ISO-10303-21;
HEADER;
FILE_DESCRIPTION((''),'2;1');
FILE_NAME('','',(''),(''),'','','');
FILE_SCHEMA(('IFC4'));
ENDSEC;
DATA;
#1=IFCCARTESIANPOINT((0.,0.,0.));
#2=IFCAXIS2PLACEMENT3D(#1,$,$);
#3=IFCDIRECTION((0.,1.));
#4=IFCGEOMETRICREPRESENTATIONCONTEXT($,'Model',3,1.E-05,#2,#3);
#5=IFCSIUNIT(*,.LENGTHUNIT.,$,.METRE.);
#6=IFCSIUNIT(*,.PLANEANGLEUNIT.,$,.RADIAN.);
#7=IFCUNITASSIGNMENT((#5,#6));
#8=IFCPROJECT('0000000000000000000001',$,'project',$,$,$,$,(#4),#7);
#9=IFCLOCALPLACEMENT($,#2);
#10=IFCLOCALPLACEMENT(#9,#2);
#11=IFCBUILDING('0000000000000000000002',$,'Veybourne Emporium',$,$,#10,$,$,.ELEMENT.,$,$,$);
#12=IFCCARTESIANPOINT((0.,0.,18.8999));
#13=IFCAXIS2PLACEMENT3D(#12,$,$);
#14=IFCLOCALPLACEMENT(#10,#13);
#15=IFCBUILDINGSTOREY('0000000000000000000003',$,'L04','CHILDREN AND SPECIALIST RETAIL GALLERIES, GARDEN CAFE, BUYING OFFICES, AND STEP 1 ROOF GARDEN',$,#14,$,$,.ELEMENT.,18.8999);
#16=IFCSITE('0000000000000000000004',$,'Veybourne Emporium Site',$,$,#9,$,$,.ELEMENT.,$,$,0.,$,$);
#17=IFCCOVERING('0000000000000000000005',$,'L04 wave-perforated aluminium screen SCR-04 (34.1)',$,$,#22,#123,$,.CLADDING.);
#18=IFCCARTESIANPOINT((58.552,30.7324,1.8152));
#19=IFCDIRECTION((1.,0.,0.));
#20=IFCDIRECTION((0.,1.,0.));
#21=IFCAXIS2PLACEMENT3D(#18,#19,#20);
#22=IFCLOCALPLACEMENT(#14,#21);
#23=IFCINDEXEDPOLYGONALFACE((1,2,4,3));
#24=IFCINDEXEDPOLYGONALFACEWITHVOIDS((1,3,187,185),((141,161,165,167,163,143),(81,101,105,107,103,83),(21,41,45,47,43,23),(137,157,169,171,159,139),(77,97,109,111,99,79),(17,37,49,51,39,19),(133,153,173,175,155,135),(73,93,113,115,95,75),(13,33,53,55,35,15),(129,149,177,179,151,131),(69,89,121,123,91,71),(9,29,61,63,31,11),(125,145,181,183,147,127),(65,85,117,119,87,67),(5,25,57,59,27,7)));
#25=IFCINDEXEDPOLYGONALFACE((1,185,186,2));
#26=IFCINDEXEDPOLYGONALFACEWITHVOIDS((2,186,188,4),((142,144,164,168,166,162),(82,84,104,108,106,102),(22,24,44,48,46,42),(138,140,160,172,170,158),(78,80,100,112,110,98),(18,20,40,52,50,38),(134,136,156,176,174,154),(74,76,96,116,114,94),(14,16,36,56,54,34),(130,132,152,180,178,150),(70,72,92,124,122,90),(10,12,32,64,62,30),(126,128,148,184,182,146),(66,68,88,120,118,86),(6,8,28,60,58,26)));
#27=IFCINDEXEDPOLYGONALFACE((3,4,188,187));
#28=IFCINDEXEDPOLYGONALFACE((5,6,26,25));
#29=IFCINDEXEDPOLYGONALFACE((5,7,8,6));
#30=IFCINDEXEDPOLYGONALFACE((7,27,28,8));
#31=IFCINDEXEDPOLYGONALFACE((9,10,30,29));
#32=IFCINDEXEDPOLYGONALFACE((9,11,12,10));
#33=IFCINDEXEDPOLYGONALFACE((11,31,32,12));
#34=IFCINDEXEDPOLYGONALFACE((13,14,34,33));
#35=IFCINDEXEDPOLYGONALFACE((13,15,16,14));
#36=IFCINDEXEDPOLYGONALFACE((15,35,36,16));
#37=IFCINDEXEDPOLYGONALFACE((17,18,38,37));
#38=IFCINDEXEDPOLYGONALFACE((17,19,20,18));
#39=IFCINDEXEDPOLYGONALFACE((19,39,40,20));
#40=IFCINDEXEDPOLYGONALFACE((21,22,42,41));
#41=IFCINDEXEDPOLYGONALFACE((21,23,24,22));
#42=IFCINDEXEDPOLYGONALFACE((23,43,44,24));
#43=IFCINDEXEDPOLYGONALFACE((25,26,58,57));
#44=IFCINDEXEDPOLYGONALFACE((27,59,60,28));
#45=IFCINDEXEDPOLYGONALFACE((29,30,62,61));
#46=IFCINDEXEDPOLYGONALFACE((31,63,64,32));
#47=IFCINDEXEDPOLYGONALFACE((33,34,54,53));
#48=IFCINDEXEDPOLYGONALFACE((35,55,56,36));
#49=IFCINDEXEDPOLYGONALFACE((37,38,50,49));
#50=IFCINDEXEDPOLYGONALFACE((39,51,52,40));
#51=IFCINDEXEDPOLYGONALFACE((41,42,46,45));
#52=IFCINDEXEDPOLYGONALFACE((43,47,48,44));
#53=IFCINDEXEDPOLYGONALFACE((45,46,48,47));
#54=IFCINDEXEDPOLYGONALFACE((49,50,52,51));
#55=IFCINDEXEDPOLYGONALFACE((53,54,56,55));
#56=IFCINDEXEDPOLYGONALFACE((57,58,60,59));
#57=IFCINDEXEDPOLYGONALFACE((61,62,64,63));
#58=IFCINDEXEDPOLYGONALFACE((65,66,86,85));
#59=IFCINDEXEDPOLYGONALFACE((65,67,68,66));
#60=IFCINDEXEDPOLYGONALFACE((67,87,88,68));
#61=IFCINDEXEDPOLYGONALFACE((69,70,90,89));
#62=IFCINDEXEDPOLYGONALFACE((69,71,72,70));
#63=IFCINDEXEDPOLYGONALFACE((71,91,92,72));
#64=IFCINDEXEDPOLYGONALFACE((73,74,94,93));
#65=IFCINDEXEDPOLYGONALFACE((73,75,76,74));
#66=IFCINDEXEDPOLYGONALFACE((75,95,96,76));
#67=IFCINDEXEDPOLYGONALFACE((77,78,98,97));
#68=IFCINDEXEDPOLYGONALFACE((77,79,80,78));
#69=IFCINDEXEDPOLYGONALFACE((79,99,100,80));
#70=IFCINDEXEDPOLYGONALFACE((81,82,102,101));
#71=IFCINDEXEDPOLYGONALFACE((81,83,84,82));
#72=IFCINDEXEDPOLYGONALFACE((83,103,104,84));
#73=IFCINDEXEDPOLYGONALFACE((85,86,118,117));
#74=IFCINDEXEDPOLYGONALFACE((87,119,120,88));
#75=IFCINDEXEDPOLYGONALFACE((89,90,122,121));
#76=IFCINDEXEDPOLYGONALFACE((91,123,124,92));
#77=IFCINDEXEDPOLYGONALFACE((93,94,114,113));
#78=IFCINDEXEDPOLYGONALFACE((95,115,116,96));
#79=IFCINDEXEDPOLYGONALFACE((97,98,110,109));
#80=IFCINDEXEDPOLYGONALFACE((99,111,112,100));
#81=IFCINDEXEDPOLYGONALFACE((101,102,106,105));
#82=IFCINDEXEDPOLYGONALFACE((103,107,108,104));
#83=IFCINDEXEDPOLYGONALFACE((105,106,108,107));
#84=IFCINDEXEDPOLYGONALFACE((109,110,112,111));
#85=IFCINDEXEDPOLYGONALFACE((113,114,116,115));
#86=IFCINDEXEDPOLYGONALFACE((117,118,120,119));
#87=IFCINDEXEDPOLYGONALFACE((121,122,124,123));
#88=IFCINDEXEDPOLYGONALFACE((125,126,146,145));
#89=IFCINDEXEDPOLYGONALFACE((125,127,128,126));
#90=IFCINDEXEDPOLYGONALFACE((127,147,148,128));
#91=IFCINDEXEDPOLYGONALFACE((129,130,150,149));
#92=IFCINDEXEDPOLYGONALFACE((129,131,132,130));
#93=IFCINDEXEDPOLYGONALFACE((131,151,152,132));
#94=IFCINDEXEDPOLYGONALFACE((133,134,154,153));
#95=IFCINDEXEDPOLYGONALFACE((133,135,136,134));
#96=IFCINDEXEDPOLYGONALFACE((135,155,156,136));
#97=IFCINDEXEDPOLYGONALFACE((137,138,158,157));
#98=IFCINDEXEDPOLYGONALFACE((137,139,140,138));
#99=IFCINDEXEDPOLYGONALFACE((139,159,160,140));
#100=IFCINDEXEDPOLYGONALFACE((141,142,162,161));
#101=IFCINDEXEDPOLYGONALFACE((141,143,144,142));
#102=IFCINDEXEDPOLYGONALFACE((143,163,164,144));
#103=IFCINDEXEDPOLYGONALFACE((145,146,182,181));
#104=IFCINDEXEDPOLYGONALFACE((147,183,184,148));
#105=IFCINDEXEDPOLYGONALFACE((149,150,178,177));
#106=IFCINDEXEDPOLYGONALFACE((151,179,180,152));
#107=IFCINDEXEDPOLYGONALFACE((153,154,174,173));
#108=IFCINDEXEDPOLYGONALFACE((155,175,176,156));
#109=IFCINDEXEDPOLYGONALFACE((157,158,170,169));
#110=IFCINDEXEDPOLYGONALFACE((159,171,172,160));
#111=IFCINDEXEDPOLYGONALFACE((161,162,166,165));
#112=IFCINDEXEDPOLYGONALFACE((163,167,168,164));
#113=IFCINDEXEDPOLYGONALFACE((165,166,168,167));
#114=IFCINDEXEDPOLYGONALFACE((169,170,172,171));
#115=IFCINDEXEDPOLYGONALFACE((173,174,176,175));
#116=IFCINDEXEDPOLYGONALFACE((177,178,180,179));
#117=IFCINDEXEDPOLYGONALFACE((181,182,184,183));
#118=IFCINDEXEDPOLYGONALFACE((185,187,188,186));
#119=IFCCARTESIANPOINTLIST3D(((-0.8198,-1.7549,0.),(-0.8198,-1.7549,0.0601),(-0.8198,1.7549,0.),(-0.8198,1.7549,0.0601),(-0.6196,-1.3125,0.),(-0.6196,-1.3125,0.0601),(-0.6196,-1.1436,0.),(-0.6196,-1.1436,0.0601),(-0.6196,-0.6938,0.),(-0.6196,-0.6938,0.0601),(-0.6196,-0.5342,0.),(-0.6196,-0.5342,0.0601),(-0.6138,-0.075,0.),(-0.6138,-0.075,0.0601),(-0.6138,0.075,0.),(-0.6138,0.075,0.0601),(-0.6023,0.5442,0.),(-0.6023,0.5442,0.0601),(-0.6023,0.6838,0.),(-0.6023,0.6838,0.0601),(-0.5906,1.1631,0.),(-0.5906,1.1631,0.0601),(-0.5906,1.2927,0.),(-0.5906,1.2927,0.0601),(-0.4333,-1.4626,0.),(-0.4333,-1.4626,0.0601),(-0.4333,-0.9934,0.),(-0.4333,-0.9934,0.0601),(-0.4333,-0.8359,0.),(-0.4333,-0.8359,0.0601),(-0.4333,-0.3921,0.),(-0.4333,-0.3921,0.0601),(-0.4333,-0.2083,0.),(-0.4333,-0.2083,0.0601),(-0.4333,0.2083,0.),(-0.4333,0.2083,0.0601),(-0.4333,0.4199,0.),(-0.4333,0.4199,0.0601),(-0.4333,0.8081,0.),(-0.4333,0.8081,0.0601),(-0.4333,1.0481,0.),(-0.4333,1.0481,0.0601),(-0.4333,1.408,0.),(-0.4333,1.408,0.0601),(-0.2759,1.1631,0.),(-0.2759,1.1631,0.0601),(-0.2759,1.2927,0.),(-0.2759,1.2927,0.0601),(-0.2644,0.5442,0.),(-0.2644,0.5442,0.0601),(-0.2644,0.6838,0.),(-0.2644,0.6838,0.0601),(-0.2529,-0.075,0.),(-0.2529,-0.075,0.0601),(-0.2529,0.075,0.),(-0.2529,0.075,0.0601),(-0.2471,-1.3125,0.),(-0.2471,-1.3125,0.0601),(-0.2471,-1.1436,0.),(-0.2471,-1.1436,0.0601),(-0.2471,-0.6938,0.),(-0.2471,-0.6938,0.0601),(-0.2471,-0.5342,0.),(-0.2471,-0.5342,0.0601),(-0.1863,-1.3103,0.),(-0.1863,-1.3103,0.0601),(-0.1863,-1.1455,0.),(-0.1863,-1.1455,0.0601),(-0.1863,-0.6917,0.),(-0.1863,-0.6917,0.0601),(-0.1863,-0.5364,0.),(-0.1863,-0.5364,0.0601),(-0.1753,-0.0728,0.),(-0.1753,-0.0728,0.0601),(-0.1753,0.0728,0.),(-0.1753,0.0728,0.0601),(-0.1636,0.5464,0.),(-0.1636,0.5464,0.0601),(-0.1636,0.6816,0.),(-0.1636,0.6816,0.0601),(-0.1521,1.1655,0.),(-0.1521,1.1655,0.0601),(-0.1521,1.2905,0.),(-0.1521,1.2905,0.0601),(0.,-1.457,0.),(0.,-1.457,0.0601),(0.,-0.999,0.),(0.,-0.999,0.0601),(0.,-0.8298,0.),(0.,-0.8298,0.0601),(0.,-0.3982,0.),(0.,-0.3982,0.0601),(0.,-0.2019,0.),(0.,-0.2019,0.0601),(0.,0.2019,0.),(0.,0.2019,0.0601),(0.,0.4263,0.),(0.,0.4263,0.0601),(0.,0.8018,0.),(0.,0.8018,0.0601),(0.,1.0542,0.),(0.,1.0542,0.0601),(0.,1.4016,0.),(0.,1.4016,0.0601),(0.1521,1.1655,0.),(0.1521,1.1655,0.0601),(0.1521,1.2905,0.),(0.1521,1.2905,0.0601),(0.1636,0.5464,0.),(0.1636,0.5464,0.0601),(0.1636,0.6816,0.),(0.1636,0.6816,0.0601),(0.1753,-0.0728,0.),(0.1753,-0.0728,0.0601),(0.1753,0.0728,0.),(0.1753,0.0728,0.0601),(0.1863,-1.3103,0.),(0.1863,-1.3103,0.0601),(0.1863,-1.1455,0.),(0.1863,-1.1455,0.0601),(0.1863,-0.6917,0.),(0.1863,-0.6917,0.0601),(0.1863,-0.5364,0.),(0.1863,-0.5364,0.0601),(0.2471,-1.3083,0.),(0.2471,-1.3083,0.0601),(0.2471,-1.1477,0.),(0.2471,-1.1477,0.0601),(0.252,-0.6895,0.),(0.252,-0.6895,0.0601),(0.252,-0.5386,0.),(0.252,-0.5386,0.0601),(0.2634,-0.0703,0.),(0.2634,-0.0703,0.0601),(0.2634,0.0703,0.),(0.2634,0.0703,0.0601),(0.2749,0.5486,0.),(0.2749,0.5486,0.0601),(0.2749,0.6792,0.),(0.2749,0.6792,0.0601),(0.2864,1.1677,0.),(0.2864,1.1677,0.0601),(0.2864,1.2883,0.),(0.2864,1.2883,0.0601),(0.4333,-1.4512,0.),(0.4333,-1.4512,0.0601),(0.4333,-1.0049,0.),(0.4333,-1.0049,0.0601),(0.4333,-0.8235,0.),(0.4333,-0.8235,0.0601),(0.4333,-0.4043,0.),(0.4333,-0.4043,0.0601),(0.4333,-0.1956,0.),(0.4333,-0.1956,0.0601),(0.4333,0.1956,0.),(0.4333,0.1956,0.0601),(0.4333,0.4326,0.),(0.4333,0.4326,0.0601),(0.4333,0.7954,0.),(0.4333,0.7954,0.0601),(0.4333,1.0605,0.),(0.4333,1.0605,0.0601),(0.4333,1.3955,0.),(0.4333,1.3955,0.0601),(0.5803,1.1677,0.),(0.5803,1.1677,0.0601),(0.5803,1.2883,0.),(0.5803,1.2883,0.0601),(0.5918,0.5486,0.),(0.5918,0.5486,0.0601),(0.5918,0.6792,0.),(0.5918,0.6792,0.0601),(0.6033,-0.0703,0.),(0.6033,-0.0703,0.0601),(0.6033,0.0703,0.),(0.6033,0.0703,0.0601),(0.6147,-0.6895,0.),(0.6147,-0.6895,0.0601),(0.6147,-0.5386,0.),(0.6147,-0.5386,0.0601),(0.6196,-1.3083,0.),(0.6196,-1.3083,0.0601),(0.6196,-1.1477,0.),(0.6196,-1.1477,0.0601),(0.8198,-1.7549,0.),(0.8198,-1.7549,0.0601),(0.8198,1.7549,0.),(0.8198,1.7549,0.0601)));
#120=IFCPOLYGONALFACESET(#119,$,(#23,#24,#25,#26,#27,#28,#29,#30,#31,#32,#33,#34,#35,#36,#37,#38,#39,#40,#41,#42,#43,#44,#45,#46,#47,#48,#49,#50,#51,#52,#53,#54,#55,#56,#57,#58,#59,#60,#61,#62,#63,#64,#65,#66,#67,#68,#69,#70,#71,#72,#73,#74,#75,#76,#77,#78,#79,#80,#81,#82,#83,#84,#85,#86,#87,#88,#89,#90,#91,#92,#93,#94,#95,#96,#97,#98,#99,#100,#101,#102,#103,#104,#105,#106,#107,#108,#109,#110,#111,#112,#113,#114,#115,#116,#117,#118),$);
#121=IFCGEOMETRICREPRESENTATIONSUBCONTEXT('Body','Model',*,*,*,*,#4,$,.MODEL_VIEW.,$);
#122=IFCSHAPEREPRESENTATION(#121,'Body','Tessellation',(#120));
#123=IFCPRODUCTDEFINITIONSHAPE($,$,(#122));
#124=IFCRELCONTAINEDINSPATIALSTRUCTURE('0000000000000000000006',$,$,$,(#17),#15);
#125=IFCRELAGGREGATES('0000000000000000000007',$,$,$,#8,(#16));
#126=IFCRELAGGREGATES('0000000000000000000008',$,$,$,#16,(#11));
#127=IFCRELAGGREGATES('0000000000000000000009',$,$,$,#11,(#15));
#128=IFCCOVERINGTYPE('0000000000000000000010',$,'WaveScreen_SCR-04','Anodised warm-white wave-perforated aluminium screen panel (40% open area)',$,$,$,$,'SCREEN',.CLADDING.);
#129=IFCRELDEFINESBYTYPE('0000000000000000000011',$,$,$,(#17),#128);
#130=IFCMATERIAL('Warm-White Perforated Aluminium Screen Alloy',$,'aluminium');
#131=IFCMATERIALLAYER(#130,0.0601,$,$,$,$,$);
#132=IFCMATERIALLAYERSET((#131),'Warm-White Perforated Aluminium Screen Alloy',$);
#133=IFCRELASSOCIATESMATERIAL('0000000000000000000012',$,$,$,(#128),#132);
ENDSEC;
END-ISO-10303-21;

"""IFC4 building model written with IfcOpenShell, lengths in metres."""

from ifc_helpers import new_model, si_unit, direction, frame, origin, place, context, subcontext, project, spatial, polyline, outline, extrude, material, layer, layer_set, type_object, element, save


model = new_model("IFC4")

# Units and contexts
model_context = context("Model", 3, precision=1e-05, world=origin(), true_north=direction((0.0, 1.0)))
body_context = subcontext(model_context, "Body", "Model", "MODEL_VIEW")
ifc_project = project(units=[si_unit("LENGTHUNIT", "METRE"), si_unit("PLANEANGLEUNIT", "RADIAN")], contexts=[model_context])

# Site, building, storey
site_placement = place(None, origin())
site = spatial("IfcSite", under=ifc_project, at=site_placement, Name="Veybourne Emporium Site", CompositionType="ELEMENT", RefElevation=0.0)
building_placement = place(site_placement, origin())
building = spatial("IfcBuilding", under=site, at=building_placement, Name="Veybourne Emporium", CompositionType="ELEMENT")
storey_placement = place(building_placement, frame((0.0, 0.0, 18.8999)))
storey = spatial("IfcBuildingStorey", under=building, at=storey_placement, Name="L04", Description="CHILDREN AND SPECIALIST RETAIL GALLERIES, GARDEN CAFE, BUYING OFFICES, AND STEP 1 ROOF GARDEN", CompositionType="ELEMENT", Elevation=18.8999)

# Covering
ifc_material_1 = material(Name="Warm-White Perforated Aluminium Screen Alloy", Category="aluminium")
ifc_layer_1 = layer(ifc_material_1, 0.0601)
ifc_layer_set_1 = layer_set([ifc_layer_1], Name="Warm-White Perforated Aluminium Screen Alloy")
covering_type_1 = type_object("IfcCoveringType", Name="WaveScreen_SCR-04", Description="Anodised warm-white wave-perforated aluminium screen panel (40% open area)", ElementType="SCREEN", PredefinedType="CLADDING", material=ifc_layer_set_1)
covering_1_placement = place(storey_placement, frame((58.552, 30.7324, 1.8152), z_axis=(1.0, 0.0, 0.0), x_axis=(0.0, 1.0, 0.0)))
element("IfcCovering", 1, at=covering_1_placement, inside=storey, type_object=covering_type_1, Name="L04 wave-perforated aluminium screen SCR-04 (34.1)", PredefinedType="CLADDING", context=body_context, shape_type="SweptSolid", body=[
    extrude(outline(polyline([(-0.8198, -1.7549), (0.8198, -1.7549), (0.8198, 1.7549), (-0.8198, 1.7549), (-0.8198, -1.7549)]), holes=[polyline([(-0.4333, -0.9934), (-0.2471, -1.1436), (-0.2471, -1.3125), (-0.4333, -1.4626), (-0.6196, -1.3125), (-0.6196, -1.1436), (-0.4333, -0.9934)]), polyline([(-0.4333, -0.3921), (-0.2471, -0.5342), (-0.2471, -0.6938), (-0.4333, -0.8359), (-0.6196, -0.6938), (-0.6196, -0.5342), (-0.4333, -0.3921)]), polyline([(-0.4333, 0.2083), (-0.2529, 0.075), (-0.2529, -0.075), (-0.4333, -0.2083), (-0.6138, -0.075), (-0.6138, 0.075), (-0.4333, 0.2083)]), polyline([(-0.4333, 0.8081), (-0.2644, 0.6838), (-0.2644, 0.5442), (-0.4333, 0.4199), (-0.6023, 0.5442), (-0.6023, 0.6838), (-0.4333, 0.8081)]), polyline([(-0.4333, 1.408), (-0.2759, 1.2927), (-0.2759, 1.1631), (-0.4333, 1.0481), (-0.5906, 1.1631), (-0.5906, 1.2927), (-0.4333, 1.408)]), polyline([(0.0, -0.999), (0.1863, -1.1455), (0.1863, -1.3103), (0.0, -1.457), (-0.1863, -1.3103), (-0.1863, -1.1455), (0.0, -0.999)]), polyline([(0.0, -0.3982), (0.1863, -0.5364), (0.1863, -0.6917), (0.0, -0.8298), (-0.1863, -0.6917), (-0.1863, -0.5364), (0.0, -0.3982)]), polyline([(0.0, 0.2019), (0.1753, 0.0728), (0.1753, -0.0728), (0.0, -0.2019), (-0.1753, -0.0728), (-0.1753, 0.0728), (0.0, 0.2019)]), polyline([(0.0, 0.8018), (0.1636, 0.6816), (0.1636, 0.5464), (0.0, 0.4263), (-0.1636, 0.5464), (-0.1636, 0.6816), (0.0, 0.8018)]), polyline([(0.0, 1.4016), (0.1521, 1.2905), (0.1521, 1.1655), (0.0, 1.0542), (-0.1521, 1.1655), (-0.1521, 1.2905), (0.0, 1.4016)]), polyline([(0.4333, -1.0049), (0.6196, -1.1477), (0.6196, -1.3083), (0.4333, -1.4512), (0.2471, -1.3083), (0.2471, -1.1477), (0.4333, -1.0049)]), polyline([(0.4333, -0.4043), (0.6147, -0.5386), (0.6147, -0.6895), (0.4333, -0.8235), (0.252, -0.6895), (0.252, -0.5386), (0.4333, -0.4043)]), polyline([(0.4333, 0.1956), (0.6033, 0.0703), (0.6033, -0.0703), (0.4333, -0.1956), (0.2634, -0.0703), (0.2634, 0.0703), (0.4333, 0.1956)]), polyline([(0.4333, 0.7954), (0.5918, 0.6792), (0.5918, 0.5486), (0.4333, 0.4326), (0.2749, 0.5486), (0.2749, 0.6792), (0.4333, 0.7954)]), polyline([(0.4333, 1.3955), (0.5803, 1.2883), (0.5803, 1.1677), (0.4333, 1.0605), (0.2864, 1.1677), (0.2864, 1.2883), (0.4333, 1.3955)])]), origin(), (0.0, 0.0, 1.0), 0.0601),
])

save(model, "model.ifc")
